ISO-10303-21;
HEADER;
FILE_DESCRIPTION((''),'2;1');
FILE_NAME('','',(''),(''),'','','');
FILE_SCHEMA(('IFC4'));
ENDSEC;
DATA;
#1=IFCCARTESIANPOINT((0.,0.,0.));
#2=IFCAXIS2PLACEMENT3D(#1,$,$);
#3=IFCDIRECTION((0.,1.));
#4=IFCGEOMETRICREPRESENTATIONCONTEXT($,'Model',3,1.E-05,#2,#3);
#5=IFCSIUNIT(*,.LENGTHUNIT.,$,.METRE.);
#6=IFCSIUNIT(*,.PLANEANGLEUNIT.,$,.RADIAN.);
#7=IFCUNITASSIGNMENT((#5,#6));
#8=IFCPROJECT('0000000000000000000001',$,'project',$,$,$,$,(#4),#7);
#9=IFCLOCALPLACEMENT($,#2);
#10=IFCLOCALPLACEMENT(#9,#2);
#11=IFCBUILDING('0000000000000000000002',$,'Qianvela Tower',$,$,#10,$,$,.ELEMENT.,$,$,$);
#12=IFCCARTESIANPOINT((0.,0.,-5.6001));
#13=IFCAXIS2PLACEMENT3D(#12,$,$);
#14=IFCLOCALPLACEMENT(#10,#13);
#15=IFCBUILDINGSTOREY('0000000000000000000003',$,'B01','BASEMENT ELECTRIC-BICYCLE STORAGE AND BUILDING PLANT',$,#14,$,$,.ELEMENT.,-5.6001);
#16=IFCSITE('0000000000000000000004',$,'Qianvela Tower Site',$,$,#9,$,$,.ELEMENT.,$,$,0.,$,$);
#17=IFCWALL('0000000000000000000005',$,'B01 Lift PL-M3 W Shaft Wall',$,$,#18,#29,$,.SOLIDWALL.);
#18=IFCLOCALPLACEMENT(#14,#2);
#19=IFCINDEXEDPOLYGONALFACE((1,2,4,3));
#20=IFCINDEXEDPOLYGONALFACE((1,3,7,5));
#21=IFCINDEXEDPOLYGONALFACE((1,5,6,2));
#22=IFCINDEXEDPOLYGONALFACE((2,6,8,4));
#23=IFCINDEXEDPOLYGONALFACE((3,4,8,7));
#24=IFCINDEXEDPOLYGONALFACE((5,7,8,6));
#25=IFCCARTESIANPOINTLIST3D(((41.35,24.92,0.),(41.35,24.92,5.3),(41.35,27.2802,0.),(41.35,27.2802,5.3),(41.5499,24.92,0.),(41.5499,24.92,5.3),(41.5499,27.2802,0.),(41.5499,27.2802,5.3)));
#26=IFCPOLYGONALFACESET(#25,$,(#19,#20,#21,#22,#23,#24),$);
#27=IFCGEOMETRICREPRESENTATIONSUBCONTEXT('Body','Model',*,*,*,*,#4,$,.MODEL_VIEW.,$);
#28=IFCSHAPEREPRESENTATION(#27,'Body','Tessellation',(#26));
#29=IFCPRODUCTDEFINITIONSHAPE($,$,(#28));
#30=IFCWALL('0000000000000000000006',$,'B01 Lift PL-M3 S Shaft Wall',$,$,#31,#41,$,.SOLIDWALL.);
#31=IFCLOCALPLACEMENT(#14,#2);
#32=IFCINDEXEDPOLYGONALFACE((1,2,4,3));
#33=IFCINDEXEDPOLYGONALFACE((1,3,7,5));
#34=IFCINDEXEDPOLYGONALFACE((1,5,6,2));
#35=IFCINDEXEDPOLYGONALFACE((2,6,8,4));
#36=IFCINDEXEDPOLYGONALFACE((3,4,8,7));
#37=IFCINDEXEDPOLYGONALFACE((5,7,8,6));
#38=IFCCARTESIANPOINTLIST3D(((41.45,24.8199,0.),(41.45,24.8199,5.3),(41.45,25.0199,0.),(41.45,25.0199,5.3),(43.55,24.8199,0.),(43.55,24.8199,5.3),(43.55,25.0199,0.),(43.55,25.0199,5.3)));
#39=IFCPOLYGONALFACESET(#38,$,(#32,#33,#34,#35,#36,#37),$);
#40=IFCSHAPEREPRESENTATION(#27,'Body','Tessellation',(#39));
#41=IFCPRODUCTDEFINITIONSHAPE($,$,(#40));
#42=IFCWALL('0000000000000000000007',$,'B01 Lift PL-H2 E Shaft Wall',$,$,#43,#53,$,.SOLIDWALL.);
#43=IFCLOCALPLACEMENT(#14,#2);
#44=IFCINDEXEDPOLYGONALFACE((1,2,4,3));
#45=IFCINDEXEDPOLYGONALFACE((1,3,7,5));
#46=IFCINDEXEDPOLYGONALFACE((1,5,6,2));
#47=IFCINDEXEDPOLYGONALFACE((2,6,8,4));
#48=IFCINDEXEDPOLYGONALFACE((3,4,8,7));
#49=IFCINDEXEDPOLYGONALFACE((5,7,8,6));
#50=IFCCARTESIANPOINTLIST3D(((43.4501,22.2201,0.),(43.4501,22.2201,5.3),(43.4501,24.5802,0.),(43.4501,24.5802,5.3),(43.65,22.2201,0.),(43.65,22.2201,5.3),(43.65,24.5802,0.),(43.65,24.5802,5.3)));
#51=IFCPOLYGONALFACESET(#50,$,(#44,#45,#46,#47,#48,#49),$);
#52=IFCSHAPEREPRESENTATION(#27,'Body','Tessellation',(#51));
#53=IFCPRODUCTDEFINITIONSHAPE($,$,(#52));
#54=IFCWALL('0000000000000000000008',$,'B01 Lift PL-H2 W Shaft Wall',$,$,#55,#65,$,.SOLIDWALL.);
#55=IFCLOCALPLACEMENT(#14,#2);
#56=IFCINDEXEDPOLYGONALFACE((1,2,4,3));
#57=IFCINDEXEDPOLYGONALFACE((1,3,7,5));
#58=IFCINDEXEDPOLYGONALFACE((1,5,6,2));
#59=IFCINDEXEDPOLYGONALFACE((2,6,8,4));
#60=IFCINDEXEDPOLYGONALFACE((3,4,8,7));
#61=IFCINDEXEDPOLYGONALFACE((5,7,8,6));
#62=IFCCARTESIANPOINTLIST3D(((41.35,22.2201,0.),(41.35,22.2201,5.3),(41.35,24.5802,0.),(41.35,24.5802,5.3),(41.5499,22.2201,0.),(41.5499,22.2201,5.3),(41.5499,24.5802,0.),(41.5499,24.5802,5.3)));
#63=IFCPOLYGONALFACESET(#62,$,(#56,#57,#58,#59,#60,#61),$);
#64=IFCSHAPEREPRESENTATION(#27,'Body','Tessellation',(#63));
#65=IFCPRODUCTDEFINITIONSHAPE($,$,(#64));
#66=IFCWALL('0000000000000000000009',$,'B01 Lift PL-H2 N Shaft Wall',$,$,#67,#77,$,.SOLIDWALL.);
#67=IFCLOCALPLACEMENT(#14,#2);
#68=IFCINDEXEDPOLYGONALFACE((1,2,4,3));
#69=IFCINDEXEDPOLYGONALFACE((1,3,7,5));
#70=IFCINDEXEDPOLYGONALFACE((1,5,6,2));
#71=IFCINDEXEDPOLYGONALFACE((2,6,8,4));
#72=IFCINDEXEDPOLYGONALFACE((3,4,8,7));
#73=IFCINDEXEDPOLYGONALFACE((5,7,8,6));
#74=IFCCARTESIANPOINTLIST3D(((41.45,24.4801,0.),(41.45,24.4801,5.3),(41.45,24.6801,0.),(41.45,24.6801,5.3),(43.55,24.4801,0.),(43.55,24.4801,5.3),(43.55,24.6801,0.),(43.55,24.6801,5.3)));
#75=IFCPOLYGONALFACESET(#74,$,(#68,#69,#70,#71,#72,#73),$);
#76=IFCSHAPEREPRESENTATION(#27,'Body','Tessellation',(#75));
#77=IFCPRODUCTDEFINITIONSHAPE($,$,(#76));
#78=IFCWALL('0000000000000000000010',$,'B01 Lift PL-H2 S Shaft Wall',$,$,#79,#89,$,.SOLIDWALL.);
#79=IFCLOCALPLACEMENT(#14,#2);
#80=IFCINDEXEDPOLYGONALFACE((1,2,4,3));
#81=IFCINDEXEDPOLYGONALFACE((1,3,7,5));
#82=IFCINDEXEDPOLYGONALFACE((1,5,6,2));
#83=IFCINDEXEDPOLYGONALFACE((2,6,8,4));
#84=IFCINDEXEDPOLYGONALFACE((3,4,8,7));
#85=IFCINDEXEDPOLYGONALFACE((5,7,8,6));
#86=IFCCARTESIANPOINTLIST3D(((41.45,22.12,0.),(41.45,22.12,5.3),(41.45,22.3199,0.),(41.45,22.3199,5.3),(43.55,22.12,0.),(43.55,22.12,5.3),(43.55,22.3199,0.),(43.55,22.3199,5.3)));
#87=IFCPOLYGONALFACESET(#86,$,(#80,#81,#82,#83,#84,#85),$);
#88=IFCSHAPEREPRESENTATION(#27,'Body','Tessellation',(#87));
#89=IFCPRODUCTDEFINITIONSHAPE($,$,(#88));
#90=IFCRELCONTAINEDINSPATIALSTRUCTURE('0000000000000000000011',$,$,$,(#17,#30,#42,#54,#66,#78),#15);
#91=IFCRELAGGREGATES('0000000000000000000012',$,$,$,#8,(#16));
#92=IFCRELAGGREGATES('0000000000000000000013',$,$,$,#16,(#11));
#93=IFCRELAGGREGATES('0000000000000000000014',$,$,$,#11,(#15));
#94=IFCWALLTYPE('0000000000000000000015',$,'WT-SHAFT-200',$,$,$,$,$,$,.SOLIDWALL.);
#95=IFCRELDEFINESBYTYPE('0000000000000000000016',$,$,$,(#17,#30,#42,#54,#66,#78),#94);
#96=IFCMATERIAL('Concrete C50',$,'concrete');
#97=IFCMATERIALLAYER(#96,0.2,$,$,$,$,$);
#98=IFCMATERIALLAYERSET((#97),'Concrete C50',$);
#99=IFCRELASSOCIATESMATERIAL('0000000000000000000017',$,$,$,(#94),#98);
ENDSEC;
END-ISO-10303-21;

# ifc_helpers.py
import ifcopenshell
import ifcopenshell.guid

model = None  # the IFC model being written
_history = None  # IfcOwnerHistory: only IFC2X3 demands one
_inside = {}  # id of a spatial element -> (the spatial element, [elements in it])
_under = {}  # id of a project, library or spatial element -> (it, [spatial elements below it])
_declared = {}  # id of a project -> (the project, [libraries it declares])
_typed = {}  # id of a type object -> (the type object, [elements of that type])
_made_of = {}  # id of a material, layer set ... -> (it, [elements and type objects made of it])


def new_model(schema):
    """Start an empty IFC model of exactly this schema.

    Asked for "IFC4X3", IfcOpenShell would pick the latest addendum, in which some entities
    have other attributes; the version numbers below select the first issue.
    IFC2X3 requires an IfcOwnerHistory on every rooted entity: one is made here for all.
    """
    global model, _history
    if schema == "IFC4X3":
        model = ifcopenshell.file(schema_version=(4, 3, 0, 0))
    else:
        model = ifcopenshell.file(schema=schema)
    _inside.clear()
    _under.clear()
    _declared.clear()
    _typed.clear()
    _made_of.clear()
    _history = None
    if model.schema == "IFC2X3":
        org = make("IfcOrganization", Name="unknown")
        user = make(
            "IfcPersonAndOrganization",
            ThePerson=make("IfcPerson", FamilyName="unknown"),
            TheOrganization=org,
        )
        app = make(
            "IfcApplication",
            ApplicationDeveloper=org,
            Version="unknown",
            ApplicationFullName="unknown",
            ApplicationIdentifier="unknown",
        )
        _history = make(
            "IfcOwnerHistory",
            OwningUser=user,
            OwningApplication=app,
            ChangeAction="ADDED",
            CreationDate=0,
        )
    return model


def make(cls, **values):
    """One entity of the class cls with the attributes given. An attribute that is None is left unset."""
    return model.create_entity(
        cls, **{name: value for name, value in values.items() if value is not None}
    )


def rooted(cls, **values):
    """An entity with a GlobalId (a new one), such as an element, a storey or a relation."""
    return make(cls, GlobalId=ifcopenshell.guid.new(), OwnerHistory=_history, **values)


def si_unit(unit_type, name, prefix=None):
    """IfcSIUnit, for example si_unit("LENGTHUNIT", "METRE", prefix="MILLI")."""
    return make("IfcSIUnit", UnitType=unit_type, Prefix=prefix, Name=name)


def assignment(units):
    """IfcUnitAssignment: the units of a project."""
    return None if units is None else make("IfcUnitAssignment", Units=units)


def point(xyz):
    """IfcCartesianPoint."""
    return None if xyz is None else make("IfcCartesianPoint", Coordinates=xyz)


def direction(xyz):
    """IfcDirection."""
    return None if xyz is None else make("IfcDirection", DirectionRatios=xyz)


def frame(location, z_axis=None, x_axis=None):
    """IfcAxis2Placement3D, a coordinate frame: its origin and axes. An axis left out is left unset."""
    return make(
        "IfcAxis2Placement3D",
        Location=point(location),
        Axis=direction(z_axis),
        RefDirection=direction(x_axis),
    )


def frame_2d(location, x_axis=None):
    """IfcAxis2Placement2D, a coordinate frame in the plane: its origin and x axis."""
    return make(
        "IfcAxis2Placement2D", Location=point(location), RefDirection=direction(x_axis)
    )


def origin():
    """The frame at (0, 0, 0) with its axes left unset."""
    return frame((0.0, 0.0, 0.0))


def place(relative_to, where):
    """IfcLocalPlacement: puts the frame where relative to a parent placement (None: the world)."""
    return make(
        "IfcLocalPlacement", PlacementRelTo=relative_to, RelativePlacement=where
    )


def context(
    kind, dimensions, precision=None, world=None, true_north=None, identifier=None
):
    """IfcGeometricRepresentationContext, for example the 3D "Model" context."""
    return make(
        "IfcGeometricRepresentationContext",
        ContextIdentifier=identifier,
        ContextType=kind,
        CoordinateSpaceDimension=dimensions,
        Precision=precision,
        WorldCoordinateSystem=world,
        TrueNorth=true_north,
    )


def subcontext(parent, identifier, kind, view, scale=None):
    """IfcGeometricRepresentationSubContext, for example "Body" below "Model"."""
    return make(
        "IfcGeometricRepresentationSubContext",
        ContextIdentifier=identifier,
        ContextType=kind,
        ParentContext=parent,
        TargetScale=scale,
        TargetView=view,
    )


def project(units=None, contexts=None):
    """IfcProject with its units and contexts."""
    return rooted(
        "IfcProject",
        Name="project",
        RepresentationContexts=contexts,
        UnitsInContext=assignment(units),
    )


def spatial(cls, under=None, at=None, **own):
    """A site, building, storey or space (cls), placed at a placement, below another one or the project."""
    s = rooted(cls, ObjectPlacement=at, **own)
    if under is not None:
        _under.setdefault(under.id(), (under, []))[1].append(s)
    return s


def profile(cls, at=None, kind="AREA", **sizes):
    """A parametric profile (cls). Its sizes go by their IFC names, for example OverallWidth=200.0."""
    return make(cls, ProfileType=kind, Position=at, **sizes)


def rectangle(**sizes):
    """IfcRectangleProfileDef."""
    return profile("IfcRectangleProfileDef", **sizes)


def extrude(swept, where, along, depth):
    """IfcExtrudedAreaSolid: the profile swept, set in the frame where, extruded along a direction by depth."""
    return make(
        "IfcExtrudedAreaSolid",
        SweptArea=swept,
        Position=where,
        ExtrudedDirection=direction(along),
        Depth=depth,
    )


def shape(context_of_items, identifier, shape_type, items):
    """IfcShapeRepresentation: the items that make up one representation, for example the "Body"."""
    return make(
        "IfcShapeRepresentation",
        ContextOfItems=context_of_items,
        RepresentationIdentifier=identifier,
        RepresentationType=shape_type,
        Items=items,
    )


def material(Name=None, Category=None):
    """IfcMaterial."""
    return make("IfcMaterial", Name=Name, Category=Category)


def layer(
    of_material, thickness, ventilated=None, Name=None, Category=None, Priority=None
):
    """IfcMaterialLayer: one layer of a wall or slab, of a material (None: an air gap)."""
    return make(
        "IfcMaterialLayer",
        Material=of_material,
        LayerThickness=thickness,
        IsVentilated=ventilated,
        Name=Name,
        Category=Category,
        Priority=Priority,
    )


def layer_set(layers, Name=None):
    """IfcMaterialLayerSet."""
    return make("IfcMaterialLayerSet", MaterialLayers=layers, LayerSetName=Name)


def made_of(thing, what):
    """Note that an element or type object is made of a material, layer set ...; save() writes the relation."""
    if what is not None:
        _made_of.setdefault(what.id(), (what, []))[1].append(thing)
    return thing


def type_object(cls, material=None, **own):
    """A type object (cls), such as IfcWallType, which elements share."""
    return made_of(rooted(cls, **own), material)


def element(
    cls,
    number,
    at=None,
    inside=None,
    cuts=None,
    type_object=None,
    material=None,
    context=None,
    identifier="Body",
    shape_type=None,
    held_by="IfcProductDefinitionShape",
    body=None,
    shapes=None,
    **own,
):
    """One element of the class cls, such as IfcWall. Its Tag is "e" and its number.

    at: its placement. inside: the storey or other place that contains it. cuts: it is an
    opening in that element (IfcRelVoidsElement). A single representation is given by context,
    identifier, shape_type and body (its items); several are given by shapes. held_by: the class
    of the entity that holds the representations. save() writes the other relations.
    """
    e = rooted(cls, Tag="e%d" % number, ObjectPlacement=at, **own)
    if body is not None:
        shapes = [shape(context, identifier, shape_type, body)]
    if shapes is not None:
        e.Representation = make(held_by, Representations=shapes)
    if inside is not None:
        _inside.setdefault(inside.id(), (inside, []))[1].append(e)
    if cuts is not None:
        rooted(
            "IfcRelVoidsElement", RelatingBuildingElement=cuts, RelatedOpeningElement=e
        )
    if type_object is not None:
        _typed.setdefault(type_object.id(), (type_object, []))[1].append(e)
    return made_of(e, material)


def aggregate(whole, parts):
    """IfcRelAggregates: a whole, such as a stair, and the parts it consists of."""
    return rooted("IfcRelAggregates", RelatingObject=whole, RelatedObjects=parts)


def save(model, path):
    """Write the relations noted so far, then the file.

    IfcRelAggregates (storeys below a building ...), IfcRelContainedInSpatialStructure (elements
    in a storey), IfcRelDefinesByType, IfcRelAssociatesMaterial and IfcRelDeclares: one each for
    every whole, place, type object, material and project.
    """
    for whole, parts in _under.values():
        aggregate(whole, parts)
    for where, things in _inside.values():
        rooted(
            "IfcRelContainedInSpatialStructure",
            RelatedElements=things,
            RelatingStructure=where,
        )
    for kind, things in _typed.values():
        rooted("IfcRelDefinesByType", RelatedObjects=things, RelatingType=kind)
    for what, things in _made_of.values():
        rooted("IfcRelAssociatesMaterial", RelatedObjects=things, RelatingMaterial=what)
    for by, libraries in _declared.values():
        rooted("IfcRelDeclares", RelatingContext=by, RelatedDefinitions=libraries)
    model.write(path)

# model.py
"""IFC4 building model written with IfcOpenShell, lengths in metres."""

from ifc_helpers import new_model, si_unit, direction, frame, frame_2d, origin, place, context, subcontext, project, spatial, rectangle, extrude, material, layer, layer_set, type_object, element, save


model = new_model("IFC4")

# Units and contexts
model_context = context("Model", 3, precision=1e-05, world=origin(), true_north=direction((0.0, 1.0)))
body_context = subcontext(model_context, "Body", "Model", "MODEL_VIEW")
ifc_project = project(units=[si_unit("LENGTHUNIT", "METRE"), si_unit("PLANEANGLEUNIT", "RADIAN")], contexts=[model_context])

# Site, building, storey
site_placement = place(None, origin())
site = spatial("IfcSite", under=ifc_project, at=site_placement, Name="Qianvela Tower Site", CompositionType="ELEMENT", RefElevation=0.0)
building_placement = place(site_placement, origin())
building = spatial("IfcBuilding", under=site, at=building_placement, Name="Qianvela Tower", CompositionType="ELEMENT")
storey_placement = place(building_placement, frame((0.0, 0.0, -5.6001)))
storey = spatial("IfcBuildingStorey", under=building, at=storey_placement, Name="B01", Description="BASEMENT ELECTRIC-BICYCLE STORAGE AND BUILDING PLANT", CompositionType="ELEMENT", Elevation=-5.6001)

# Shared definitions
ifc_material_1 = material(Name="Concrete C50", Category="concrete")
ifc_layer_1 = layer(ifc_material_1, 0.2)
ifc_layer_set_1 = layer_set([ifc_layer_1], Name="Concrete C50")
wall_type_1 = type_object("IfcWallType", Name="WT-SHAFT-200", PredefinedType="SOLIDWALL", material=ifc_layer_set_1)

# Walls
for number, where, z_axis, x_axis, name in (
    (1, (41.45, 24.9199, 0.0), (0.0, 0.0, 1.0), (0.0, 1.0, 0.0), "B01 Lift PL-M3 W Shaft Wall"),
):
    element("IfcWall", number, at=place(storey_placement, frame(where, z_axis=z_axis, x_axis=x_axis)), inside=storey, type_object=wall_type_1, Name=name, PredefinedType="SOLIDWALL", context=body_context, shape_type="SweptSolid", body=[
        extrude(rectangle(XDim=2.3601, YDim=0.2, at=frame_2d((1.1802, 0.0))), origin(), (0.0, 0.0, 1.0), 5.3),
    ])
wall_1_placement = place(storey_placement, frame((41.45, 24.9199, 0.0), z_axis=(0.0, 0.0, 1.0), x_axis=(1.0, 0.0, 0.0)))
element("IfcWall", 2, at=wall_1_placement, inside=storey, type_object=wall_type_1, Name="B01 Lift PL-M3 S Shaft Wall", PredefinedType="SOLIDWALL", context=body_context, shape_type="SweptSolid", body=[
    extrude(rectangle(XDim=2.1001, YDim=0.2, at=frame_2d((1.05, 0.0))), origin(), (0.0, 0.0, 1.0), 5.3),
])
for number, where, z_axis, x_axis, name in (
    (3, (43.55, 22.22, 0.0), (0.0, 0.0, 1.0), (0.0, 1.0, 0.0), "B01 Lift PL-H2 E Shaft Wall"),
    (4, (41.45, 22.22, 0.0), (0.0, 0.0, 1.0), (0.0, 1.0, 0.0), "B01 Lift PL-H2 W Shaft Wall"),
):
    element("IfcWall", number, at=place(storey_placement, frame(where, z_axis=z_axis, x_axis=x_axis)), inside=storey, type_object=wall_type_1, Name=name, PredefinedType="SOLIDWALL", context=body_context, shape_type="SweptSolid", body=[
        extrude(rectangle(XDim=2.3601, YDim=0.2, at=frame_2d((1.1802, 0.0))), origin(), (0.0, 0.0, 1.0), 5.3),
    ])
for number, where, z_axis, x_axis, name in (
    (5, (41.45, 24.5801, 0.0), (0.0, 0.0, 1.0), (1.0, 0.0, 0.0), "B01 Lift PL-H2 N Shaft Wall"),
    (6, (41.45, 22.22, 0.0), (0.0, 0.0, 1.0), (1.0, 0.0, 0.0), "B01 Lift PL-H2 S Shaft Wall"),
):
    element("IfcWall", number, at=place(storey_placement, frame(where, z_axis=z_axis, x_axis=x_axis)), inside=storey, type_object=wall_type_1, Name=name, PredefinedType="SOLIDWALL", context=body_context, shape_type="SweptSolid", body=[
        extrude(rectangle(XDim=2.1001, YDim=0.2, at=frame_2d((1.05, 0.0))), origin(), (0.0, 0.0, 1.0), 5.3),
    ])

save(model, "model.ifc")
